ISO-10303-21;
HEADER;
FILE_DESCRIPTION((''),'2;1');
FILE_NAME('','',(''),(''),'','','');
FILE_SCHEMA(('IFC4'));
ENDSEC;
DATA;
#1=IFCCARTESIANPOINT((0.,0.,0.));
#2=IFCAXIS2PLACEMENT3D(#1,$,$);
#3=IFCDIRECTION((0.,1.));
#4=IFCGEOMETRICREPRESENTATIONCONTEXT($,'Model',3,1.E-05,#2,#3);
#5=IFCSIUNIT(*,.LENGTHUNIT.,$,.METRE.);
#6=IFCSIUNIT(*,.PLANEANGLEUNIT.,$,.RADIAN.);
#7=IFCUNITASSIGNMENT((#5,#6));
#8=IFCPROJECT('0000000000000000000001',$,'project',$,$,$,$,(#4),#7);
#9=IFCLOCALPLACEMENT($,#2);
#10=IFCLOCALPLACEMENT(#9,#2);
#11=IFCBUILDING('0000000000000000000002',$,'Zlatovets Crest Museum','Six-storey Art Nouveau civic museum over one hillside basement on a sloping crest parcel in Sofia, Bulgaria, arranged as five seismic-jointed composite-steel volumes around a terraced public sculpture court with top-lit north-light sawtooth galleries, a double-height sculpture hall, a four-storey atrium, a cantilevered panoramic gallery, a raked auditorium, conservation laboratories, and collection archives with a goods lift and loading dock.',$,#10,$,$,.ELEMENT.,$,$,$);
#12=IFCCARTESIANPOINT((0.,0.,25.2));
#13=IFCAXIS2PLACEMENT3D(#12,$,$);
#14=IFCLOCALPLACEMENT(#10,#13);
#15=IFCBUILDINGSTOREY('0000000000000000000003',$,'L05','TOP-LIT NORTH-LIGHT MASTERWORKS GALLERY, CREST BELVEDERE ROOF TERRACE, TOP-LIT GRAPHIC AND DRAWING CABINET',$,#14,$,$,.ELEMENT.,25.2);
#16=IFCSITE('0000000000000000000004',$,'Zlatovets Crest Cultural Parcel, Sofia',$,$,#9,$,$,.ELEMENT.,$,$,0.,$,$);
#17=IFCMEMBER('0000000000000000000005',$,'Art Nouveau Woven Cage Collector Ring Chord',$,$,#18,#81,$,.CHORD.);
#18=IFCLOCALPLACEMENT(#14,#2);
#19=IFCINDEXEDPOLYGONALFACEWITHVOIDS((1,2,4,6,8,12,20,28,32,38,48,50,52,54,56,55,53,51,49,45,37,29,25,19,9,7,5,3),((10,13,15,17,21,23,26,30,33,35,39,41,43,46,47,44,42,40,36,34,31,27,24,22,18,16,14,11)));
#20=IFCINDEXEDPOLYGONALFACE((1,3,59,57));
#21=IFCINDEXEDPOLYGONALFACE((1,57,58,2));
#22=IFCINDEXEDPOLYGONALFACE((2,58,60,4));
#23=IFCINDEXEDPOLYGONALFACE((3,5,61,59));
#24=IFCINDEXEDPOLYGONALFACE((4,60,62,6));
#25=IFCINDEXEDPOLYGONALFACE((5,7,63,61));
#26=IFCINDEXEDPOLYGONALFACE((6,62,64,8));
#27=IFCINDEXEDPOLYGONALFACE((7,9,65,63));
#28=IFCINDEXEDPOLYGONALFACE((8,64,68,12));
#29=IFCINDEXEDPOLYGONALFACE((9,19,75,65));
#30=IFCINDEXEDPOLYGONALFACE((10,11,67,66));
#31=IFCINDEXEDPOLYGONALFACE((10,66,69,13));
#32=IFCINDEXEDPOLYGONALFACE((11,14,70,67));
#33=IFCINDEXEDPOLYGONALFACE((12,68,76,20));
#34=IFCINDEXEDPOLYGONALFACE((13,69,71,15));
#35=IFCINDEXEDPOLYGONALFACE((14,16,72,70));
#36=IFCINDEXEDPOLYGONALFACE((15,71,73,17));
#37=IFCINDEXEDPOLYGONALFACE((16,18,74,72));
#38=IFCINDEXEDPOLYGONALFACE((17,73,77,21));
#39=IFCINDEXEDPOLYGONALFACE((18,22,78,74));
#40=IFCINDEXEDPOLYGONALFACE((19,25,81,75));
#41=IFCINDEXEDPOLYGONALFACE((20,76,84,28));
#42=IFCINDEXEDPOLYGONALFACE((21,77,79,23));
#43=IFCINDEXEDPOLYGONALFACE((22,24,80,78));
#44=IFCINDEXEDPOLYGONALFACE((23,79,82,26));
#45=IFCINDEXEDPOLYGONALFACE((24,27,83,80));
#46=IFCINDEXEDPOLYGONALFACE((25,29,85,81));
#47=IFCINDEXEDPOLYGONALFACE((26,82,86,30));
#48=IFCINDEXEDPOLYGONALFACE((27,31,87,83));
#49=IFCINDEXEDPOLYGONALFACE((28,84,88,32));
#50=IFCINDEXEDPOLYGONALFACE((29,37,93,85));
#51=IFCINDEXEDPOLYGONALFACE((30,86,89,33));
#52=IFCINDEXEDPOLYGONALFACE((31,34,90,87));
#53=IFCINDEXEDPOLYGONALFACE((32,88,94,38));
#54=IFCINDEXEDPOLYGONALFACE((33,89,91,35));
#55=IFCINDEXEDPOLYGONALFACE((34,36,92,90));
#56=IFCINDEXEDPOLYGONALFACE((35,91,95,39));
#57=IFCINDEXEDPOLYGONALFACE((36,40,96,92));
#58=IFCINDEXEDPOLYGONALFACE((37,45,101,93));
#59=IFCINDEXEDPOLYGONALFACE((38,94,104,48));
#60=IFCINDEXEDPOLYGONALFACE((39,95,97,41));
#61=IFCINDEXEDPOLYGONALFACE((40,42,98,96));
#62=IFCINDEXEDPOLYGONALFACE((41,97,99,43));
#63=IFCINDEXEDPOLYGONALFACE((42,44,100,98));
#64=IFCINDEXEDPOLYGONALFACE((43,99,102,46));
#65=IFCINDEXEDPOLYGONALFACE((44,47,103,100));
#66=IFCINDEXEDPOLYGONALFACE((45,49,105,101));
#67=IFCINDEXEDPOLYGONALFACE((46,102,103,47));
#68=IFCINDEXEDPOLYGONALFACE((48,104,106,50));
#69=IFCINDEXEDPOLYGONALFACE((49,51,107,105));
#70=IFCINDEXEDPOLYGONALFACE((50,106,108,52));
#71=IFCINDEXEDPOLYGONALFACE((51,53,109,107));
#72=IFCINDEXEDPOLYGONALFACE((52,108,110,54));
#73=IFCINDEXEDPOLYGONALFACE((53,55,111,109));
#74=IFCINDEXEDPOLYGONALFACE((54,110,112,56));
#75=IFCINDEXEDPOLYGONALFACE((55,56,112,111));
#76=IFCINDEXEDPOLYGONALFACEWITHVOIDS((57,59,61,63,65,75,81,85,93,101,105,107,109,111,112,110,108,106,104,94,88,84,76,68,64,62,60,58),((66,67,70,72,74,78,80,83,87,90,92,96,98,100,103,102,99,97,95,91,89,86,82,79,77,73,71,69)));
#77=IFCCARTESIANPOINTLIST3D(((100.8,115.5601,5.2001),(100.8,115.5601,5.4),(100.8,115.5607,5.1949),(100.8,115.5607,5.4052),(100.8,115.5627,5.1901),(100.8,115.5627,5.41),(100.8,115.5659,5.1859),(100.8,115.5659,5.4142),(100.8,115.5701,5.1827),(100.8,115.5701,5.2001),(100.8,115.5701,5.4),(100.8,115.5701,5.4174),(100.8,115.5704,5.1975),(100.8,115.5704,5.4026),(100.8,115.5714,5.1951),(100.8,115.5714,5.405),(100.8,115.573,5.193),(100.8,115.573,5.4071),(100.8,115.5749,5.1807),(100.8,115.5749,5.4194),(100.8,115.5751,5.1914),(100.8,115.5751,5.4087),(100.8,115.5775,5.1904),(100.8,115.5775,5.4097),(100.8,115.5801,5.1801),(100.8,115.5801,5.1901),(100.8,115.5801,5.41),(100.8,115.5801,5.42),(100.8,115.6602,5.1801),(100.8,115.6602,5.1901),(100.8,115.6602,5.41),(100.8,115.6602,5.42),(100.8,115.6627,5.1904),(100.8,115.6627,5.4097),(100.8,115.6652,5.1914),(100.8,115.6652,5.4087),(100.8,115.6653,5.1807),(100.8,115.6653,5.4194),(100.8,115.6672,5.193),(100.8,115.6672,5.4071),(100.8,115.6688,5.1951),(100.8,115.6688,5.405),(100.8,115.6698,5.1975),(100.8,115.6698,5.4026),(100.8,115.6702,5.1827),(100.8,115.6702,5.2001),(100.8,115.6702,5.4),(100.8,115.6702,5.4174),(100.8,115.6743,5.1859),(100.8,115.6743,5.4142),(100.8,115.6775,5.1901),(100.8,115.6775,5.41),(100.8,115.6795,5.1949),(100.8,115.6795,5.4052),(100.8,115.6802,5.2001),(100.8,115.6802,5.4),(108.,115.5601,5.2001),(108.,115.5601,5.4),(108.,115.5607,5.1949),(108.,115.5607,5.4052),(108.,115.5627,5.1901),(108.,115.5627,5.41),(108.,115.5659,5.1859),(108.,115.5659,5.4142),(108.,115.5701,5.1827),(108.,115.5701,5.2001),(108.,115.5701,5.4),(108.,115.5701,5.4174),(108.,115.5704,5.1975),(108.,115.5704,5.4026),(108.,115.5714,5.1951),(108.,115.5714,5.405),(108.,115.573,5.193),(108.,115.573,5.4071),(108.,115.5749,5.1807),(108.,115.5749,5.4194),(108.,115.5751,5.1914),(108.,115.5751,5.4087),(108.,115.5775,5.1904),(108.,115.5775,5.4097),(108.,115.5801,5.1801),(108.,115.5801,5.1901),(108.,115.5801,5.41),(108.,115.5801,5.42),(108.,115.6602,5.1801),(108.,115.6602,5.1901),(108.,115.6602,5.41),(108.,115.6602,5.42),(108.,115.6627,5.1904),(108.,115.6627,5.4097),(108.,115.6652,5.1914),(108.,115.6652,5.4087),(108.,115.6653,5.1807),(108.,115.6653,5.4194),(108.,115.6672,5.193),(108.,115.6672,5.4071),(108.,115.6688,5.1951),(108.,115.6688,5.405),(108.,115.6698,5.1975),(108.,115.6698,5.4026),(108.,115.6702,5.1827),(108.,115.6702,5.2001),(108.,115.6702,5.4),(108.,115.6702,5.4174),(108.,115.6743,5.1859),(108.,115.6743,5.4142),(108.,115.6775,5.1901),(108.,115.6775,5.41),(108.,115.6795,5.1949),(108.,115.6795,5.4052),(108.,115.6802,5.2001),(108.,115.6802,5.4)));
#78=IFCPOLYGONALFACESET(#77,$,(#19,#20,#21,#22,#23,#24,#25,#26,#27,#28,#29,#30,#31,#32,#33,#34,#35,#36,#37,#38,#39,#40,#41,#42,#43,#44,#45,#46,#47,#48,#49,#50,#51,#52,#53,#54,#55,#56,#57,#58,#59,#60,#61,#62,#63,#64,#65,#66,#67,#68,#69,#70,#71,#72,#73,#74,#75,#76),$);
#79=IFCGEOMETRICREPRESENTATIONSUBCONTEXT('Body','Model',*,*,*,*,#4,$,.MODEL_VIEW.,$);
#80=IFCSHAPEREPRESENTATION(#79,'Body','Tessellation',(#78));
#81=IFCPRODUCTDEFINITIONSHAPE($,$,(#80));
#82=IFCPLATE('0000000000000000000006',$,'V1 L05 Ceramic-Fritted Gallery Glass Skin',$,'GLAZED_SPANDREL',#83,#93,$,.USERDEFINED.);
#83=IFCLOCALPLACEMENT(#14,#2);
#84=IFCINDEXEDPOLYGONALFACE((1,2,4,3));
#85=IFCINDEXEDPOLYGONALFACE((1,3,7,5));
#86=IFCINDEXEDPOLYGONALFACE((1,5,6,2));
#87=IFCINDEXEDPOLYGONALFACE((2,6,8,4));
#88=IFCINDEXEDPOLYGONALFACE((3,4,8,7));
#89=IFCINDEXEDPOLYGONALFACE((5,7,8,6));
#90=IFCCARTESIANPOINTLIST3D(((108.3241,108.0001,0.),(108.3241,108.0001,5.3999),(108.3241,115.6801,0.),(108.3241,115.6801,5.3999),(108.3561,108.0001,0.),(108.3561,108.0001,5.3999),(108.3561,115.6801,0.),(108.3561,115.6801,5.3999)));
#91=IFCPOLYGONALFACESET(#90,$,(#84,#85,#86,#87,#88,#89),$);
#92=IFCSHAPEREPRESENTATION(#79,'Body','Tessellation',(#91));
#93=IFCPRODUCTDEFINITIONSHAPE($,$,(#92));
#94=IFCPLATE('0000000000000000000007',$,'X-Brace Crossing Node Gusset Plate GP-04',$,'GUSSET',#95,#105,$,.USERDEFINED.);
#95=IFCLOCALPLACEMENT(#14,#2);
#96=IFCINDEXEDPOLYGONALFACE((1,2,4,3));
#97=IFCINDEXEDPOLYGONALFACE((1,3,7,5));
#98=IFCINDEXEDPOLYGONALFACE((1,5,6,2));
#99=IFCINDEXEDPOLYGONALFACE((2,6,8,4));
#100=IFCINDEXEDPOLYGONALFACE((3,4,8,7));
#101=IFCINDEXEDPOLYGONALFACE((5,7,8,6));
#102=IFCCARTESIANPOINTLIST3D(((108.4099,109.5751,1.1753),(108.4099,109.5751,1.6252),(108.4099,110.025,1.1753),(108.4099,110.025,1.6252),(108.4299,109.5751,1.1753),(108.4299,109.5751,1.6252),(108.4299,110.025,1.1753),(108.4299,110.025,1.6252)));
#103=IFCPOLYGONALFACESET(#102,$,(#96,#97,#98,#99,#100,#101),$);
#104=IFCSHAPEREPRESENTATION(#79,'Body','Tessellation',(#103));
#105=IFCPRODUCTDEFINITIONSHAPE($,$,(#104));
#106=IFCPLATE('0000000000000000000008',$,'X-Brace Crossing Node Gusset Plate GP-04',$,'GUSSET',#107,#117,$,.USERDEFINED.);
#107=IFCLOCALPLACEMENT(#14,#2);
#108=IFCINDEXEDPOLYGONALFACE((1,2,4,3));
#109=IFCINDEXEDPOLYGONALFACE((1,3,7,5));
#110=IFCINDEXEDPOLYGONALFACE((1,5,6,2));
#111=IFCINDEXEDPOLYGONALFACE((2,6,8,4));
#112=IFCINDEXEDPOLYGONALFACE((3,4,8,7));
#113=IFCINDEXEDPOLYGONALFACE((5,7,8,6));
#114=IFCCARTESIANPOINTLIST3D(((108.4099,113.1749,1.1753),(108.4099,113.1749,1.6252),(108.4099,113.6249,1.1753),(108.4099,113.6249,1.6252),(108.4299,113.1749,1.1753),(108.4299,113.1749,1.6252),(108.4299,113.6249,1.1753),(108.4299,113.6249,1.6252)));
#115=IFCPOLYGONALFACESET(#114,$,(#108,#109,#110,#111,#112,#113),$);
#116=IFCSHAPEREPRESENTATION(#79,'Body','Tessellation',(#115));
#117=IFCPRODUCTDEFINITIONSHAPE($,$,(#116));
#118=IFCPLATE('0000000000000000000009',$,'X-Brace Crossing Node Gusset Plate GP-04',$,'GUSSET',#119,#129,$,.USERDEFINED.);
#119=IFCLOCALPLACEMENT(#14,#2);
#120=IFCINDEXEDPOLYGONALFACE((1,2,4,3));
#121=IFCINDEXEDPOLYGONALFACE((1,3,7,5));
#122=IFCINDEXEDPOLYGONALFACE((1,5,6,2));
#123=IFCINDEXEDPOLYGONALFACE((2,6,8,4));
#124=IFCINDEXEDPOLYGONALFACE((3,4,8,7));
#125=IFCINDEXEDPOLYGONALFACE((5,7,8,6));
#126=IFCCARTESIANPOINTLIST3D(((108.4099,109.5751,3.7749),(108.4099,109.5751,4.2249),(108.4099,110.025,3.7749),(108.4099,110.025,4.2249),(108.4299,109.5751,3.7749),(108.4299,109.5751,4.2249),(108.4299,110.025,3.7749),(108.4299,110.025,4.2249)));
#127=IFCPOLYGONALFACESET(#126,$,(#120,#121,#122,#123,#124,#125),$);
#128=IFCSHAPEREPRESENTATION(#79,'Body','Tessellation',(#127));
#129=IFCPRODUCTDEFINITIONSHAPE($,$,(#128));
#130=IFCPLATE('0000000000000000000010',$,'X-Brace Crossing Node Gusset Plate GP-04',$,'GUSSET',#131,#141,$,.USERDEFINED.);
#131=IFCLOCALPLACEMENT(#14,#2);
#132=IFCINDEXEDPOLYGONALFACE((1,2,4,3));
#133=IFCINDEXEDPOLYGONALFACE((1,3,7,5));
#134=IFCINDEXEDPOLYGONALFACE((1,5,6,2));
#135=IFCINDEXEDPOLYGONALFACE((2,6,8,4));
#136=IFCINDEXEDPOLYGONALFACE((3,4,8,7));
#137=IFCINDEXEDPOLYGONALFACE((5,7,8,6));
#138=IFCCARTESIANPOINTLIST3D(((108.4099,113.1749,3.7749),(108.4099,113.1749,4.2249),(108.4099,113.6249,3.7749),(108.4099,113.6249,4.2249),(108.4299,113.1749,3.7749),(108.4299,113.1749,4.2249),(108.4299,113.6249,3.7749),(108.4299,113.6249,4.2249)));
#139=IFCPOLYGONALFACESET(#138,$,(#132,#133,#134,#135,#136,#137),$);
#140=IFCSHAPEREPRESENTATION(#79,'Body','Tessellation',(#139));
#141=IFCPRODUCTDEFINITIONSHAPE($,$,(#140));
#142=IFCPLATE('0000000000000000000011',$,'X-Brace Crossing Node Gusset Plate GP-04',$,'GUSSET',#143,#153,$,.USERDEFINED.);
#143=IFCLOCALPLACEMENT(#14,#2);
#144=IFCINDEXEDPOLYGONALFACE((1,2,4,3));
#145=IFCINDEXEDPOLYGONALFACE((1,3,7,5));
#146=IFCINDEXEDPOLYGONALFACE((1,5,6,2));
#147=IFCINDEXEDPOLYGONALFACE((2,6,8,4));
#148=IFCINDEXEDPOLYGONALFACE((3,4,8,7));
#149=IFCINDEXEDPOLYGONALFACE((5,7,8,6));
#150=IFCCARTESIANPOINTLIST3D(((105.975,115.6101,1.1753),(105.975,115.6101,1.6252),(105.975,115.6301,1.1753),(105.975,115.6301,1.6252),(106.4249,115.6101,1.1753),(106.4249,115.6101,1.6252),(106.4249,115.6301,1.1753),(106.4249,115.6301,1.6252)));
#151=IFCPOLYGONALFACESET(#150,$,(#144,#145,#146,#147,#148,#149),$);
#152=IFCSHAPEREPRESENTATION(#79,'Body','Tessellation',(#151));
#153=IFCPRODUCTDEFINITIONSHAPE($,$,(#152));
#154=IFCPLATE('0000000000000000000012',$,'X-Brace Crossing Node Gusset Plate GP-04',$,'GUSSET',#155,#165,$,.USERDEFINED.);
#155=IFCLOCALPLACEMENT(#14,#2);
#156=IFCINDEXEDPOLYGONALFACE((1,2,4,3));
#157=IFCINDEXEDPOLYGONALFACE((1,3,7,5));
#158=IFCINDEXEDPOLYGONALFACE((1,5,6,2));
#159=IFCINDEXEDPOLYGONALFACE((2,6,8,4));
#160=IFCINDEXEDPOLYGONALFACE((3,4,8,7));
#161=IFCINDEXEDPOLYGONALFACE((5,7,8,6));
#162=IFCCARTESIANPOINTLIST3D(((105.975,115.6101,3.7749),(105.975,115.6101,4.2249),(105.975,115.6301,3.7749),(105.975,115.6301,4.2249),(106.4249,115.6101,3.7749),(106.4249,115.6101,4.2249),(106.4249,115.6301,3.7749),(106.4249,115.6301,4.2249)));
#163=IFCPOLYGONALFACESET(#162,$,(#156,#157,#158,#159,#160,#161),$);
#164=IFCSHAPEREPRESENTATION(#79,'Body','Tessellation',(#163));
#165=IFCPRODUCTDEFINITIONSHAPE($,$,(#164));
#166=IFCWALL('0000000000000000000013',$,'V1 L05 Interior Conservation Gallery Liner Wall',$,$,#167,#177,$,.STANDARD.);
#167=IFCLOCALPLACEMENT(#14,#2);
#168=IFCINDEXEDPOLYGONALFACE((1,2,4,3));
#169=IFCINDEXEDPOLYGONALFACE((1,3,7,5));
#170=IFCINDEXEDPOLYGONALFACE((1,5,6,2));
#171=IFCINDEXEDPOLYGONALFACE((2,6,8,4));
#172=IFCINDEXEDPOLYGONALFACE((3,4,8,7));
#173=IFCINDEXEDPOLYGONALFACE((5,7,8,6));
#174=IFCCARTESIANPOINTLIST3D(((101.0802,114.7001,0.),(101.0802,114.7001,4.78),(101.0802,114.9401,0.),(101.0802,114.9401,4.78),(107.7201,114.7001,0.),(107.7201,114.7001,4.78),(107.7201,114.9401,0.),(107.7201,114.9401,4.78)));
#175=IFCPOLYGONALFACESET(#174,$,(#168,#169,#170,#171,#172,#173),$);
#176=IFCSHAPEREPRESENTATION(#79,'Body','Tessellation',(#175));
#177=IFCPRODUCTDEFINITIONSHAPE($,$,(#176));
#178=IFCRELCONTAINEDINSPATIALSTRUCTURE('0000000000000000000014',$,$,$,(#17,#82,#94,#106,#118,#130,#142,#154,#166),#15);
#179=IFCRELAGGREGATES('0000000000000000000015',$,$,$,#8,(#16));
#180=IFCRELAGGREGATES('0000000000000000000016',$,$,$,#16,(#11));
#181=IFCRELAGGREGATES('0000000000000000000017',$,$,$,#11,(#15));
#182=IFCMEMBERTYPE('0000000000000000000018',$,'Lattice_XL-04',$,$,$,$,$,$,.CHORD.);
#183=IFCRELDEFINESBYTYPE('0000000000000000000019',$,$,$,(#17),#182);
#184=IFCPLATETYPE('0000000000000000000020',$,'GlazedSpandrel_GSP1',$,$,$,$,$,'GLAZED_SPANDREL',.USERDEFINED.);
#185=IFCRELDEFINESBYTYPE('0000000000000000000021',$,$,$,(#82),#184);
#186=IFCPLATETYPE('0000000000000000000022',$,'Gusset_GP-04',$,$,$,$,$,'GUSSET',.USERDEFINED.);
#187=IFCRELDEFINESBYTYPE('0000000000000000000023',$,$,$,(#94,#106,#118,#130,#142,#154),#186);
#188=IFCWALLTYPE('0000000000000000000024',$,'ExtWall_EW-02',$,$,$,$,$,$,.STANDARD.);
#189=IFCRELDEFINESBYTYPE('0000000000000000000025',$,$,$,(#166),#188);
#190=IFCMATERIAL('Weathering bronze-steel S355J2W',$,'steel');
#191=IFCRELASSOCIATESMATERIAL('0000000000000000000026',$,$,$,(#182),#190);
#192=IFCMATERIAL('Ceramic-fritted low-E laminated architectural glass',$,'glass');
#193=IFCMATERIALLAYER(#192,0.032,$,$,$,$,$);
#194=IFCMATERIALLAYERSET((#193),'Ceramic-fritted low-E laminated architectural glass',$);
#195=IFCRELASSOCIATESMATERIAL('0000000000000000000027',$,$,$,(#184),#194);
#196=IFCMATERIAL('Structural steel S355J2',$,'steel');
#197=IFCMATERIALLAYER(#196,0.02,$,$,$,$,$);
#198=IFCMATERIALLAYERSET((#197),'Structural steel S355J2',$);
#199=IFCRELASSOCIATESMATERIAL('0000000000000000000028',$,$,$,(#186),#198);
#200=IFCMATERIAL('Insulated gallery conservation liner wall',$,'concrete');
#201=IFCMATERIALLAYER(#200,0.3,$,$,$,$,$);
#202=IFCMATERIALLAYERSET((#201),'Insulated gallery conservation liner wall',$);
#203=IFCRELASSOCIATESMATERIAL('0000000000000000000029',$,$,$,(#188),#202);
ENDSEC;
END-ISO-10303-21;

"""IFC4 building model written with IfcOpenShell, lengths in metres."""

from ifc_helpers import new_model, si_unit, direction, frame, frame_2d, origin, origin_2d, place, context, subcontext, project, spatial, rectangle, hollow_rectangle, extrude, material, layer, layer_set, material_profile, profile_set, type_object, element, save


model = new_model("IFC4")

# Units and contexts
model_context = context("Model", 3, precision=1e-05, world=origin(), true_north=direction((0.0, 1.0)))
body_context = subcontext(model_context, "Body", "Model", "MODEL_VIEW")
ifc_project = project(units=[si_unit("LENGTHUNIT", "METRE"), si_unit("PLANEANGLEUNIT", "RADIAN")], contexts=[model_context])

# Site, building, storey
site_placement = place(None, origin())
site = spatial("IfcSite", under=ifc_project, at=site_placement, Name="Zlatovets Crest Cultural Parcel, Sofia", CompositionType="ELEMENT", RefElevation=0.0)
building_placement = place(site_placement, origin())
building = spatial("IfcBuilding", under=site, at=building_placement, Name="Zlatovets Crest Museum", Description="Six-storey Art Nouveau civic museum over one hillside basement on a sloping crest parcel in Sofia, Bulgaria, arranged as five seismic-jointed composite-steel volumes around a terraced public sculpture court with top-lit north-light sawtooth galleries, a double-height sculpture hall, a four-storey atrium, a cantilevered panoramic gallery, a raked auditorium, conservation laboratories, and collection archives with a goods lift and loading dock.", CompositionType="ELEMENT")
storey_placement = place(building_placement, frame((0.0, 0.0, 25.2)))
storey = spatial("IfcBuildingStorey", under=building, at=storey_placement, Name="L05", Description="TOP-LIT NORTH-LIGHT MASTERWORKS GALLERY, CREST BELVEDERE ROOF TERRACE, TOP-LIT GRAPHIC AND DRAWING CABINET", CompositionType="ELEMENT", Elevation=25.2)

# Shared definitions
ifc_material_1 = material(Name="Structural steel S355J2", Category="steel")

# Member
ifc_material_2 = material(Name="Weathering bronze-steel S355J2W", Category="steel")
ifc_material_profile_1 = material_profile(ifc_material_2, hollow_rectangle(XDim=0.1201, YDim=0.24, WallThickness=0.01, InnerFilletRadius=0.01, OuterFilletRadius=0.02, at=origin_2d()), Name="RHS 120x240x10.0")
ifc_profile_set_1 = profile_set([ifc_material_profile_1], Name="Weathering bronze-steel S355J2W")
member_type_1 = type_object("IfcMemberType", Name="Lattice_XL-04", PredefinedType="CHORD", material=ifc_profile_set_1)
member_1_placement = place(storey_placement, frame((108.0, 115.6201, 5.3), z_axis=(-1.0, 0.0, 0.0), x_axis=(0.0, -1.0, 0.0)))
element("IfcMember", 1, at=member_1_placement, inside=storey, type_object=member_type_1, Name="Art Nouveau Woven Cage Collector Ring Chord", PredefinedType="CHORD", context=body_context, shape_type="SweptSolid", body=[
    extrude(hollow_rectangle(XDim=0.1201, YDim=0.24, WallThickness=0.01, InnerFilletRadius=0.01, OuterFilletRadius=0.02, at=origin_2d()), origin(), (0.0, 0.0, 1.0), 7.2),
])

# Plates
ifc_material_3 = material(Name="Ceramic-fritted low-E laminated architectural glass", Category="glass")
ifc_layer_1 = layer(ifc_material_3, 0.032)
ifc_layer_set_1 = layer_set([ifc_layer_1], Name="Ceramic-fritted low-E laminated architectural glass")
plate_type_1 = type_object("IfcPlateType", Name="GlazedSpandrel_GSP1", ElementType="GLAZED_SPANDREL", PredefinedType="USERDEFINED", material=ifc_layer_set_1)
plate_placement = place(storey_placement, frame((108.3401, 111.8401, 0.0), z_axis=(0.0, 0.0, 1.0), x_axis=(0.0, 1.0, 0.0)))
element("IfcPlate", 2, at=plate_placement, inside=storey, type_object=plate_type_1, Name="V1 L05 Ceramic-Fritted Gallery Glass Skin", ObjectType="GLAZED_SPANDREL", PredefinedType="USERDEFINED", context=body_context, shape_type="SweptSolid", body=[
    extrude(rectangle(XDim=7.6799, YDim=0.032, at=origin_2d()), origin(), (0.0, 0.0, 1.0), 5.3999),
])
ifc_layer_2 = layer(ifc_material_1, 0.02)
ifc_layer_set_2 = layer_set([ifc_layer_2], Name="Structural steel S355J2")
plate_type_2 = type_object("IfcPlateType", Name="Gusset_GP-04", ElementType="GUSSET", PredefinedType="USERDEFINED", material=ifc_layer_set_2)
for number, where, z_axis, x_axis, name in (
    (3, (108.4199, 109.8, 1.1753), (0.0, 0.0, 1.0), (1.0, 0.0, 0.0), "X-Brace Crossing Node Gusset Plate GP-04"),
    (4, (108.4199, 113.3999, 1.1753), (0.0, 0.0, 1.0), (1.0, 0.0, 0.0), "X-Brace Crossing Node Gusset Plate GP-04"),
    (5, (108.4199, 109.8, 3.7749), (0.0, 0.0, 1.0), (1.0, 0.0, 0.0), "X-Brace Crossing Node Gusset Plate GP-04"),
    (6, (108.4199, 113.3999, 3.7749), (0.0, 0.0, 1.0), (1.0, 0.0, 0.0), "X-Brace Crossing Node Gusset Plate GP-04"),
):
    element("IfcPlate", number, at=place(storey_placement, frame(where, z_axis=z_axis, x_axis=x_axis)), inside=storey, type_object=plate_type_2, Name=name, ObjectType="GUSSET", PredefinedType="USERDEFINED", context=body_context, shape_type="SweptSolid", body=[
        extrude(rectangle(XDim=0.02, YDim=0.45, at=origin_2d()), origin(), (0.0, 0.0, 1.0), 0.45),
    ])
for number, where, z_axis, x_axis, name in (
    (7, (106.2, 115.6201, 1.1753), (0.0, 0.0, 1.0), (1.0, 0.0, 0.0), "X-Brace Crossing Node Gusset Plate GP-04"),
    (8, (106.2, 115.6201, 3.7749), (0.0, 0.0, 1.0), (1.0, 0.0, 0.0), "X-Brace Crossing Node Gusset Plate GP-04"),
):
    element("IfcPlate", number, at=place(storey_placement, frame(where, z_axis=z_axis, x_axis=x_axis)), inside=storey, type_object=plate_type_2, Name=name, ObjectType="GUSSET", PredefinedType="USERDEFINED", context=body_context, shape_type="SweptSolid", body=[
        extrude(rectangle(XDim=0.45, YDim=0.02, at=origin_2d()), origin(), (0.0, 0.0, 1.0), 0.45),
    ])

# Wall
ifc_material_4 = material(Name="Insulated gallery conservation liner wall", Category="concrete")
ifc_layer_3 = layer(ifc_material_4, 0.3)
ifc_layer_set_3 = layer_set([ifc_layer_3], Name="Insulated gallery conservation liner wall")
wall_type_1 = type_object("IfcWallType", Name="ExtWall_EW-02", PredefinedType="STANDARD", material=ifc_layer_set_3)
wall_1_placement = place(storey_placement, frame((107.72, 114.8201, 0.0), z_axis=(0.0, 0.0, 1.0), x_axis=(-1.0, 0.0, 0.0)))
element("IfcWall", 9, at=wall_1_placement, inside=storey, type_object=wall_type_1, Name="V1 L05 Interior Conservation Gallery Liner Wall", PredefinedType="STANDARD", context=body_context, shape_type="SweptSolid", body=[
    extrude(rectangle(XDim=6.6399, YDim=0.24, at=frame_2d((3.3198, 0.0))), origin(), (0.0, 0.0, 1.0), 4.78),
])

save(model, "model.ifc")
